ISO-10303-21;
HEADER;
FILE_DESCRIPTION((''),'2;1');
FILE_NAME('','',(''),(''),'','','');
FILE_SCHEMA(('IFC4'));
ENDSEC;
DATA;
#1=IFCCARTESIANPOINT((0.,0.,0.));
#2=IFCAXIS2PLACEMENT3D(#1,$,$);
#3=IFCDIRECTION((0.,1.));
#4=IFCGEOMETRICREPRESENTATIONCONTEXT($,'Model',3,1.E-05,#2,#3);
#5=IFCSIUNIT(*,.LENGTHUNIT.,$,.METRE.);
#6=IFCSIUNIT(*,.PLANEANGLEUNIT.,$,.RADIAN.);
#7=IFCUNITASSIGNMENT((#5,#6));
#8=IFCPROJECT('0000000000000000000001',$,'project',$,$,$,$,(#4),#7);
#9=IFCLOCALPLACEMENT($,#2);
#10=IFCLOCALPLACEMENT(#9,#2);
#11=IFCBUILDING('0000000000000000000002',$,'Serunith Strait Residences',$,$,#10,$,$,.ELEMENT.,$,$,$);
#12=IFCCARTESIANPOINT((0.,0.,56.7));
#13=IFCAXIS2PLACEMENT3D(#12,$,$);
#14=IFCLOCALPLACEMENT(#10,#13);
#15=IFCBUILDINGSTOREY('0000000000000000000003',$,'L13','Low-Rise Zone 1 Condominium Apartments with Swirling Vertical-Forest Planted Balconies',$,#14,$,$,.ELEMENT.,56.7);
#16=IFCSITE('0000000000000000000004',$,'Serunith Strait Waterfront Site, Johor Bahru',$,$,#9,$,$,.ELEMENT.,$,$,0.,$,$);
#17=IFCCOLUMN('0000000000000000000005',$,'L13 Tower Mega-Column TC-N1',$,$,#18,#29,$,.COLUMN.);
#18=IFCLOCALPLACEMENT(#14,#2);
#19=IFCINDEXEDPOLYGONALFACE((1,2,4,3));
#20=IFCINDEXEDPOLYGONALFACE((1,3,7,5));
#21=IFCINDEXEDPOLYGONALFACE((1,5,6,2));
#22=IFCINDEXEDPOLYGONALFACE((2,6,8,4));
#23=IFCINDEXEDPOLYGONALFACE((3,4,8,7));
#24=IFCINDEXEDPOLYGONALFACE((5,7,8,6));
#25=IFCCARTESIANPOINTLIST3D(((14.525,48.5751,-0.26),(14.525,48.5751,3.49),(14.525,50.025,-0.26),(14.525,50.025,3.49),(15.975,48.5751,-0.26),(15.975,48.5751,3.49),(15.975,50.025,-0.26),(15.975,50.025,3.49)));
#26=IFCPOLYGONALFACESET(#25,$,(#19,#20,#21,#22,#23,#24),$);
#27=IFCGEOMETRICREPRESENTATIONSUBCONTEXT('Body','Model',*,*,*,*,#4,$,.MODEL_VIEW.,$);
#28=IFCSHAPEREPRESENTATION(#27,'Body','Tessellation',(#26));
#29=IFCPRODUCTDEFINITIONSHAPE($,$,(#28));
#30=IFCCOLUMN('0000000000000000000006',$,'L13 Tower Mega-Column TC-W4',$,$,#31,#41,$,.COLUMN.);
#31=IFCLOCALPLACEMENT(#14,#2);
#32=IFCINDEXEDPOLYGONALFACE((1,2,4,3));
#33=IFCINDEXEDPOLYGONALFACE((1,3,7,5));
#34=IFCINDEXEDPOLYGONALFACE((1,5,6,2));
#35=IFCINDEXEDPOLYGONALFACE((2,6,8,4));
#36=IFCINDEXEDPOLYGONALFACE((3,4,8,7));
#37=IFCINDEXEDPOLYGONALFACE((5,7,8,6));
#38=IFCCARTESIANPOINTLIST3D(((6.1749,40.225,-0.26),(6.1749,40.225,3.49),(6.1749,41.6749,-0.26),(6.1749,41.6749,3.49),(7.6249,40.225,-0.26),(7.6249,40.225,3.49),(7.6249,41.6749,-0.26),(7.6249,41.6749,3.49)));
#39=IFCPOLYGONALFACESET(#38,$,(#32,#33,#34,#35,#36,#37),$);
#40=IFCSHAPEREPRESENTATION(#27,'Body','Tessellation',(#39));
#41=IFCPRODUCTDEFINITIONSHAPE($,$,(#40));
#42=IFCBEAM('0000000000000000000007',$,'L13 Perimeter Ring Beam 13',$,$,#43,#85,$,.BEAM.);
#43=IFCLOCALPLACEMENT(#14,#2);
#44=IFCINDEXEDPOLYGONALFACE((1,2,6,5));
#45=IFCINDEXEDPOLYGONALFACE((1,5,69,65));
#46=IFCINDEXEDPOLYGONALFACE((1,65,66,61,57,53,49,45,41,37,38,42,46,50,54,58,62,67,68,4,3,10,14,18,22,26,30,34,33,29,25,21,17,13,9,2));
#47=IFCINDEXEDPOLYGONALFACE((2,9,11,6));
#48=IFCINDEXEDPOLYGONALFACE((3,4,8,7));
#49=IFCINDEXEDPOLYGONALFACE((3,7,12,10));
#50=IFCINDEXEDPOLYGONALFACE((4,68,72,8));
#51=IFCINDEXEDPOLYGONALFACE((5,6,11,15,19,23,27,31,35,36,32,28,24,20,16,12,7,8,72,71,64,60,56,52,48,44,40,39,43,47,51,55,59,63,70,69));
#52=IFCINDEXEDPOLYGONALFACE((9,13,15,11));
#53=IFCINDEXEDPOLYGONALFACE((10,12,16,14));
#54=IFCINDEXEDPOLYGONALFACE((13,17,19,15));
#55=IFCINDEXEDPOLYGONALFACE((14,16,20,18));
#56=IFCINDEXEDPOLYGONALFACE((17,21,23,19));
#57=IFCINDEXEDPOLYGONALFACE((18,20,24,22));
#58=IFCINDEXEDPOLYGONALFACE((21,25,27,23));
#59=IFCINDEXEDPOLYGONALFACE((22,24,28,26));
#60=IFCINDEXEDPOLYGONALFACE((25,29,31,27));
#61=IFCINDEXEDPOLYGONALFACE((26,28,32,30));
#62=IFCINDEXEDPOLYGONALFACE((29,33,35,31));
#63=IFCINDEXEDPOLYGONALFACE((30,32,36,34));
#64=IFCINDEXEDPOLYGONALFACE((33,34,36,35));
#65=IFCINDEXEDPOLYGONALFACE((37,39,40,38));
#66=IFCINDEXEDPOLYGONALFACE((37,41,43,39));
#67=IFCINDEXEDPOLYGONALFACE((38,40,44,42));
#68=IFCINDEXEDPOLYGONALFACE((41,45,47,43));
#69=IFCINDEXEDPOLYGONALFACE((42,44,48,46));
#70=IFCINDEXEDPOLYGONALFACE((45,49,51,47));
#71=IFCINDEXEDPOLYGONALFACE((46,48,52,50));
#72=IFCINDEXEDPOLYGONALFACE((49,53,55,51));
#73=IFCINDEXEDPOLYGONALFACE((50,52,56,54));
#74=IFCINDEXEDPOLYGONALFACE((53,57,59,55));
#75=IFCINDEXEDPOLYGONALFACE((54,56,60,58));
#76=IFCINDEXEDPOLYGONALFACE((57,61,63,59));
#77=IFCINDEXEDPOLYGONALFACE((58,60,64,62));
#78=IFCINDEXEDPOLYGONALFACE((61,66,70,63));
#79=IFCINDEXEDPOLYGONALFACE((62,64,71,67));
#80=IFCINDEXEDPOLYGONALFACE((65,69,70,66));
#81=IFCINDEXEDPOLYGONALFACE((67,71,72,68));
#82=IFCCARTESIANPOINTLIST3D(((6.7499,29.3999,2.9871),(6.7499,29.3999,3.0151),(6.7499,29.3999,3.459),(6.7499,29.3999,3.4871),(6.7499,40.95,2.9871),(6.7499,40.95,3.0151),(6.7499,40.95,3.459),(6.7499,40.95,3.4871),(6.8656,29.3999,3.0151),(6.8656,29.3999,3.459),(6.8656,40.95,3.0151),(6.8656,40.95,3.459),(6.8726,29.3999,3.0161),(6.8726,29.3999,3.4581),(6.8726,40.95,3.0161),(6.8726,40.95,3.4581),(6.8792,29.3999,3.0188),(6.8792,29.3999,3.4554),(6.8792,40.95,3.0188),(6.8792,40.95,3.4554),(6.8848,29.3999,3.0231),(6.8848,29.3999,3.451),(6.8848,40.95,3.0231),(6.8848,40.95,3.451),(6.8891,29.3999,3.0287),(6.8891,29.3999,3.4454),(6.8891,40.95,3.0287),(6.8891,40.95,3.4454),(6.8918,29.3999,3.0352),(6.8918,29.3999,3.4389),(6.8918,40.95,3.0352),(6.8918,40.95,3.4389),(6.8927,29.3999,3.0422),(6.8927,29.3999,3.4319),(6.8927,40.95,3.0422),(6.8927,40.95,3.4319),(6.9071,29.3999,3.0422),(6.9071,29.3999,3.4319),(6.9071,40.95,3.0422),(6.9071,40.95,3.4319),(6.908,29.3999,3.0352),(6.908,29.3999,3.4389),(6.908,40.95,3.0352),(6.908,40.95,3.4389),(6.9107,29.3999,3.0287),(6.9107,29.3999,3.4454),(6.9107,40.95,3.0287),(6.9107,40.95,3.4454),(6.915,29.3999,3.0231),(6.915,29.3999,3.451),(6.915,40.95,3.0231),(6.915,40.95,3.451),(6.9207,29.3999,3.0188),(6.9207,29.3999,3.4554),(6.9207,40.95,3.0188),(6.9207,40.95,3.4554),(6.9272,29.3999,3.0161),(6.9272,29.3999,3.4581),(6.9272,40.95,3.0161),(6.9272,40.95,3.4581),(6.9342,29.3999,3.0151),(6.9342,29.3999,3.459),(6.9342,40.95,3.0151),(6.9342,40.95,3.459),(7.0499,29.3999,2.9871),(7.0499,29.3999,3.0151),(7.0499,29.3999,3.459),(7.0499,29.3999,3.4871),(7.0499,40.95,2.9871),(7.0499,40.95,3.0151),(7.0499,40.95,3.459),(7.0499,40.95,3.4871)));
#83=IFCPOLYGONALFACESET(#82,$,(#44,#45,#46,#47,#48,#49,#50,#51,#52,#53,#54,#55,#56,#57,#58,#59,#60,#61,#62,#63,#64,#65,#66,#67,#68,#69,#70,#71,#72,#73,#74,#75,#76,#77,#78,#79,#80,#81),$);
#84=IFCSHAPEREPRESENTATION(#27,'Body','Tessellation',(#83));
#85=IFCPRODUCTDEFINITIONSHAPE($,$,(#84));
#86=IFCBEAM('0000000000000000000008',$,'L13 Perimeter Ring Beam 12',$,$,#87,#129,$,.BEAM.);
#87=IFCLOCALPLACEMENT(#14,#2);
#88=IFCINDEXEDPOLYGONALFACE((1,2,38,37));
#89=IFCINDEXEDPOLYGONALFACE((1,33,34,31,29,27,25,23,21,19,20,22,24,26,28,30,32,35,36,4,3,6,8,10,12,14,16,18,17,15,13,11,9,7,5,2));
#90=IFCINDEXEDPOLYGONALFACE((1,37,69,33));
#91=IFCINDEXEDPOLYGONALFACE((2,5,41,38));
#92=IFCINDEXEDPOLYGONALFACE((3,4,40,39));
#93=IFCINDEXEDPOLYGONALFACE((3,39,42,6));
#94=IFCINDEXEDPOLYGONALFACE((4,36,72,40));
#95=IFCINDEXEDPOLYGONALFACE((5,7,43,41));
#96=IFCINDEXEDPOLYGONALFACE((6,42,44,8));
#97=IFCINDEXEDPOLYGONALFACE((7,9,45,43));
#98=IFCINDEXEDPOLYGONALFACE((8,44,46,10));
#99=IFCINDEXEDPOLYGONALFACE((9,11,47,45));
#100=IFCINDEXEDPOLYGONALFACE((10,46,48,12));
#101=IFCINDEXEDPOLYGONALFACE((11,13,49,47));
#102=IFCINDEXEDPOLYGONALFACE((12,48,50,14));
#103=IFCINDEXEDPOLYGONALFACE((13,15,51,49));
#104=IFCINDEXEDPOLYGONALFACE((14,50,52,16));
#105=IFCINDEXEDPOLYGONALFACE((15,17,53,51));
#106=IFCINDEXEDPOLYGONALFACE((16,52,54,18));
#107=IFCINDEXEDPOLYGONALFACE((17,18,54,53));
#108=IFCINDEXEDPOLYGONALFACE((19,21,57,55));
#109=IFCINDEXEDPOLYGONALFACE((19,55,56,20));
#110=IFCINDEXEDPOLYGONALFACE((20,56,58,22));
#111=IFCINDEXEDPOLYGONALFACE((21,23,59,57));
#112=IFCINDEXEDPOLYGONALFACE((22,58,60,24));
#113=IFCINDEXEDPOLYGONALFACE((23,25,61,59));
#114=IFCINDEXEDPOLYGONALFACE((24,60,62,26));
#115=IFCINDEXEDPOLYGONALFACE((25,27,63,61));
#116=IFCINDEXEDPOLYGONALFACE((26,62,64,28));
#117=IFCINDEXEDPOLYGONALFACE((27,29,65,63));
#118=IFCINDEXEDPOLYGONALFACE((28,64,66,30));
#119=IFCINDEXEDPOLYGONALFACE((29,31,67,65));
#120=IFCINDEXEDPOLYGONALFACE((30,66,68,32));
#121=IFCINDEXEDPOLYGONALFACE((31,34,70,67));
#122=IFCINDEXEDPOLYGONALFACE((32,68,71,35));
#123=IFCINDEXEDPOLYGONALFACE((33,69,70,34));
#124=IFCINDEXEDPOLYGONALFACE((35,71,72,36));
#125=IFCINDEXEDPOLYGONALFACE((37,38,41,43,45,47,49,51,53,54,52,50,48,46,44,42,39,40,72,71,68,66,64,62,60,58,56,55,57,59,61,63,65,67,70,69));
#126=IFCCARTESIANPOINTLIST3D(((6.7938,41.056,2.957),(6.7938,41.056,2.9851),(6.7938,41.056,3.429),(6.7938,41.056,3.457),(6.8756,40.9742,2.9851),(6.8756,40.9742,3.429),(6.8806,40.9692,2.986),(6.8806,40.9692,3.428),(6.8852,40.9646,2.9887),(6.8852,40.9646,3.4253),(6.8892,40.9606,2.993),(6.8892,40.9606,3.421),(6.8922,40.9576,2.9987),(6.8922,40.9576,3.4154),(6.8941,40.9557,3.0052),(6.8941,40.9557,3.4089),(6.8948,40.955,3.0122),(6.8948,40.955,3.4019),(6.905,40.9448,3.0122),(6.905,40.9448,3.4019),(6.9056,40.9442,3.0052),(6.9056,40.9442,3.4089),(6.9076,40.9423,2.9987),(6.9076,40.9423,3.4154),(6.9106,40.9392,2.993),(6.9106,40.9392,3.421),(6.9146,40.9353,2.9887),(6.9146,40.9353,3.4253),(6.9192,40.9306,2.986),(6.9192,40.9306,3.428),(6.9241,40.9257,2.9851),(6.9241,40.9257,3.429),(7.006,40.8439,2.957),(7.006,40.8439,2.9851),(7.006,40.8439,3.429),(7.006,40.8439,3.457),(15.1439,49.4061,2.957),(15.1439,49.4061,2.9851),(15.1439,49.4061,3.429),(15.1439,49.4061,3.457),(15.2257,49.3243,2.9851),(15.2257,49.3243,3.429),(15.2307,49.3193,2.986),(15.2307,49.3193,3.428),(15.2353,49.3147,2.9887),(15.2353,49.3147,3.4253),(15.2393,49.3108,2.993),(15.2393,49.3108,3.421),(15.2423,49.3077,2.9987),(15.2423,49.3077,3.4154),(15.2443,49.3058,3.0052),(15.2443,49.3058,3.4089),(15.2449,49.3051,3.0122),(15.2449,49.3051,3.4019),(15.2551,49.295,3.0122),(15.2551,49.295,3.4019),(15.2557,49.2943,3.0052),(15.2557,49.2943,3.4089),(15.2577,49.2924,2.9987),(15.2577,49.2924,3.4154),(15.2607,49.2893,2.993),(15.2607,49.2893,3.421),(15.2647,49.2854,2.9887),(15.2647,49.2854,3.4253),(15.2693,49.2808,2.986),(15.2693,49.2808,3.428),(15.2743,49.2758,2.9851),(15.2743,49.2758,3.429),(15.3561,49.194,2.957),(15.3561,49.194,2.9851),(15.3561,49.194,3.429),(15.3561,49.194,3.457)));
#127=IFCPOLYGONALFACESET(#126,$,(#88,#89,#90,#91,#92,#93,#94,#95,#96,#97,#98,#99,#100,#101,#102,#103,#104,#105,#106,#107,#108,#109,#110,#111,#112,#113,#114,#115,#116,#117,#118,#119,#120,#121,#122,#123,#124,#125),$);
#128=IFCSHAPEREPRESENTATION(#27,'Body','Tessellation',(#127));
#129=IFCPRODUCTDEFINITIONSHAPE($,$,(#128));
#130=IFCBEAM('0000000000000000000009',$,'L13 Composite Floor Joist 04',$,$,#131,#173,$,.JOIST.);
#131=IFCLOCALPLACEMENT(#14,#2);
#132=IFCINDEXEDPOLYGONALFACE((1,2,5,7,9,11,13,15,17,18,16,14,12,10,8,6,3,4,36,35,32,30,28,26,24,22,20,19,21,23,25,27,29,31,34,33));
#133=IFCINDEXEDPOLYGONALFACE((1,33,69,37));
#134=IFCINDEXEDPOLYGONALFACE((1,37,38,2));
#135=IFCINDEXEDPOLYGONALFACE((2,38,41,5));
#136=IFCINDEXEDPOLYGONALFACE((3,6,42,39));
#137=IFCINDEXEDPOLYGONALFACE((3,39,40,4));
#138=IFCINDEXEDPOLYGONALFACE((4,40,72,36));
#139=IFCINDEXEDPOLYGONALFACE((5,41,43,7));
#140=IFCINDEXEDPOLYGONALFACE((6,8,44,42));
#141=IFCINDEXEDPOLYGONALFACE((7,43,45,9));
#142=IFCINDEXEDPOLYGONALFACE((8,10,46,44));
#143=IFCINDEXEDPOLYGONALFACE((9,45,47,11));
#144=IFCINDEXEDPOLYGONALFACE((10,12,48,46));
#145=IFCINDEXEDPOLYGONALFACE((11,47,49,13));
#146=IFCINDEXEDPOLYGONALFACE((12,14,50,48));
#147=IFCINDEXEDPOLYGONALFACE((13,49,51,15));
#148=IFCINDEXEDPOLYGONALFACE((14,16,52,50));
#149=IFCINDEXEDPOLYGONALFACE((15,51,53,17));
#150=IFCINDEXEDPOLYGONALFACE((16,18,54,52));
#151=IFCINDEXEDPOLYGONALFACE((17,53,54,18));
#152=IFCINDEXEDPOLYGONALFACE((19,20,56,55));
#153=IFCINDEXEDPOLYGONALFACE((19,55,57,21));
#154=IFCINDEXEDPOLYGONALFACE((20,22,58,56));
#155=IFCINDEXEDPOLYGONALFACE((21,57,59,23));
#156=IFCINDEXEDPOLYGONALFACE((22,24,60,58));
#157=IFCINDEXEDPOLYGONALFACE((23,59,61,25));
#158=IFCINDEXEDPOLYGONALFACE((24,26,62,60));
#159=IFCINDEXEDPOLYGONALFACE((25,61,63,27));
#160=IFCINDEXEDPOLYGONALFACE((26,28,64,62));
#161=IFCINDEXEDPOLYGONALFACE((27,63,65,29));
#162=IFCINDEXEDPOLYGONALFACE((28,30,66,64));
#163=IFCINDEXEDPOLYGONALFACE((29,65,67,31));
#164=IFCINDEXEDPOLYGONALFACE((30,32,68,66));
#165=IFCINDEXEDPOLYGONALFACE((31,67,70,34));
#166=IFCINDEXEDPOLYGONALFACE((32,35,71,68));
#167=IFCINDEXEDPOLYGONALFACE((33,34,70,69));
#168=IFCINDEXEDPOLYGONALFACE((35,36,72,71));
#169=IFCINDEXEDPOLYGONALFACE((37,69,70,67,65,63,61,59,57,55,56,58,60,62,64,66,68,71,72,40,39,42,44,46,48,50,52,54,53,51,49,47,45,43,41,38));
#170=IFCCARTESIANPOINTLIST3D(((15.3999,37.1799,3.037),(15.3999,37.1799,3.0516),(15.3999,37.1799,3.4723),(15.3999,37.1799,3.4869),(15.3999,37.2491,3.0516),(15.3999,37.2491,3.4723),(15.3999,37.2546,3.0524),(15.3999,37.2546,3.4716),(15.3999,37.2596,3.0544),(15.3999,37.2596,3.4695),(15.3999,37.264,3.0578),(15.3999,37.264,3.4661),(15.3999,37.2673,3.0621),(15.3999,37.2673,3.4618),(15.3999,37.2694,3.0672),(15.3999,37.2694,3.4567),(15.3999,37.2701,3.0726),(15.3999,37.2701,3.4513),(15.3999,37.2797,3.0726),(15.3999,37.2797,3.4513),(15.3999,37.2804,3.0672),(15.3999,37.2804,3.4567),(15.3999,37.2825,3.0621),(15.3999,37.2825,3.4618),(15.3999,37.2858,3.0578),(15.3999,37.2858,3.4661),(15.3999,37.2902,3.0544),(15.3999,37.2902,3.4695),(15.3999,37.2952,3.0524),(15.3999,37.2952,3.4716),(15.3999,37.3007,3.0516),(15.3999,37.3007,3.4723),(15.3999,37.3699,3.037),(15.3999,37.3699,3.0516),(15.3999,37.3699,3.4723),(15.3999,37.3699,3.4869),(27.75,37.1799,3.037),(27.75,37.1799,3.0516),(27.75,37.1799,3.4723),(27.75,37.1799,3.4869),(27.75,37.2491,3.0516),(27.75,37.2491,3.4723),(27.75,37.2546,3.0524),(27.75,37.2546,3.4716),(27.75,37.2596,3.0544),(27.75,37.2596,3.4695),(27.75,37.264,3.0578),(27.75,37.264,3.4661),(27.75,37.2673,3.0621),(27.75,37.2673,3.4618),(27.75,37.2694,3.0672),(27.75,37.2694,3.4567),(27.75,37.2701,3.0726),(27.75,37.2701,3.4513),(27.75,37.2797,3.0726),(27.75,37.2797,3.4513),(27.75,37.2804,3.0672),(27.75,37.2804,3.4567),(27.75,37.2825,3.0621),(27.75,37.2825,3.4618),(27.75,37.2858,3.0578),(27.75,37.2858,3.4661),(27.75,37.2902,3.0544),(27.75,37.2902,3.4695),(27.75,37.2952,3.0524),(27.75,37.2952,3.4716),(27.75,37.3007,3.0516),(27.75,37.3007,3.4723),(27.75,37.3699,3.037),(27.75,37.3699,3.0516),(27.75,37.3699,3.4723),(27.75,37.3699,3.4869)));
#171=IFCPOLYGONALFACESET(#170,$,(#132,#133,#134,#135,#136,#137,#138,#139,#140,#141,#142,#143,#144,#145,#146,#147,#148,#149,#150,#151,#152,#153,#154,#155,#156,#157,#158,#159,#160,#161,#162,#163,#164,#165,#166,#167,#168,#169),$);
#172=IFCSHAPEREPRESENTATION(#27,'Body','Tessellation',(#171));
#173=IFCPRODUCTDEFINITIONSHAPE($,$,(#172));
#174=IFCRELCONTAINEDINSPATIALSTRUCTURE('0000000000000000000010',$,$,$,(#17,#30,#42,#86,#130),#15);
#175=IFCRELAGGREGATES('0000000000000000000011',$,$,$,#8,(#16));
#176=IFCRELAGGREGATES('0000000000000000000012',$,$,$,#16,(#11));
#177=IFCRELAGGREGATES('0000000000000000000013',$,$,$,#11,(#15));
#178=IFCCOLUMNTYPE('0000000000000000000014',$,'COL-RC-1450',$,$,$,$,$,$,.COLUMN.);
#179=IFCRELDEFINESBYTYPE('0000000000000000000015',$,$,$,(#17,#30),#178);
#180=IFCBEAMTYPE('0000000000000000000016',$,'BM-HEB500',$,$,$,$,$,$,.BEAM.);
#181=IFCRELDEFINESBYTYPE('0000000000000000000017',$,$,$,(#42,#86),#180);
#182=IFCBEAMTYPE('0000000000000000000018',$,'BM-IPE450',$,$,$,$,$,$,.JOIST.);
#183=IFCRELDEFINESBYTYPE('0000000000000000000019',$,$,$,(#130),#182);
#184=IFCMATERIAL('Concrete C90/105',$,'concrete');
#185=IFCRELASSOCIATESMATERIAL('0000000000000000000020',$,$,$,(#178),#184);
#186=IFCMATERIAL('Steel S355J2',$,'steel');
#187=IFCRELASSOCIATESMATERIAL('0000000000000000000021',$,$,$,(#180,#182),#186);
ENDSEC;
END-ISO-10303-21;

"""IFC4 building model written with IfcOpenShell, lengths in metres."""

from ifc_helpers import new_model, si_unit, direction, frame, origin, origin_2d, place, context, subcontext, project, spatial, rectangle, i_section, extrude, source, transform, mapped, material, material_profile, profile_set, type_object, element, save


model = new_model("IFC4")

# Units and contexts
model_context = context("Model", 3, precision=1e-05, world=origin(), true_north=direction((0.0, 1.0)))
body_context = subcontext(model_context, "Body", "Model", "MODEL_VIEW")
ifc_project = project(units=[si_unit("LENGTHUNIT", "METRE"), si_unit("PLANEANGLEUNIT", "RADIAN")], contexts=[model_context])

# Site, building, storey
site_placement = place(None, origin())
site = spatial("IfcSite", under=ifc_project, at=site_placement, Name="Serunith Strait Waterfront Site, Johor Bahru", CompositionType="ELEMENT", RefElevation=0.0)
building_placement = place(site_placement, origin())
building = spatial("IfcBuilding", under=site, at=building_placement, Name="Serunith Strait Residences", CompositionType="ELEMENT")
storey_placement = place(building_placement, frame((0.0, 0.0, 56.7)))
storey = spatial("IfcBuildingStorey", under=building, at=storey_placement, Name="L13", Description="Low-Rise Zone 1 Condominium Apartments with Swirling Vertical-Forest Planted Balconies", CompositionType="ELEMENT", Elevation=56.7)

# Columns
ifc_material_1 = material(Name="Concrete C90/105", Category="concrete")
ifc_material_profile_1 = material_profile(ifc_material_1, rectangle(XDim=1.45, YDim=1.45, at=origin_2d()), Name="RC 1450x1450")
ifc_profile_set_1 = profile_set([ifc_material_profile_1], Name="Concrete C90/105")
column_type = type_object("IfcColumnType", Name="COL-RC-1450", PredefinedType="COLUMN", material=ifc_profile_set_1)
shared_shape_1 = source(origin(), body_context, "Body", "SweptSolid", [
    extrude(rectangle(XDim=1.45, YDim=1.45, at=origin_2d()), origin(), (0.0, 0.0, 1.0), 3.75),
])
for number, where, z_axis, x_axis, name in (
    (1, (15.25, 49.3, -0.26), (0.0, 0.0, 1.0), (1.0, 0.0, 0.0), "L13 Tower Mega-Column TC-N1"),
    (2, (6.8999, 40.95, -0.26), (0.0, 0.0, 1.0), (1.0, 0.0, 0.0), "L13 Tower Mega-Column TC-W4"),
):
    element("IfcColumn", number, at=place(storey_placement, frame(where, z_axis=z_axis, x_axis=x_axis)), inside=storey, type_object=column_type, Name=name, PredefinedType="COLUMN", context=body_context, shape_type="MappedRepresentation", body=[
        mapped(shared_shape_1, transform((0.0, 0.0, 0.0), scale=1.0)),
    ])

# Beams
ifc_material_2 = material(Name="Steel S355J2", Category="steel")
ifc_material_profile_2 = material_profile(ifc_material_2, i_section(OverallWidth=0.3, OverallDepth=0.5, WebThickness=0.0144, FlangeThickness=0.0281, FilletRadius=0.0271, at=origin_2d()), Name="HEB 500")
ifc_profile_set_2 = profile_set([ifc_material_profile_2], Name="Steel S355J2")
beam_type_1 = type_object("IfcBeamType", Name="BM-HEB500", PredefinedType="BEAM", material=ifc_profile_set_2)
shared_shape_2 = source(origin(), body_context, "Body", "SweptSolid", [
    extrude(i_section(OverallWidth=0.3, OverallDepth=0.5, WebThickness=0.0144, FlangeThickness=0.0281, FilletRadius=0.0271, at=origin_2d()), origin(), (0.0, 0.0, 1.0), 11.55),
])
beam_1_placement = place(storey_placement, frame((6.8999, 40.95, 3.2371), z_axis=(0.0, -1.0, 0.0), x_axis=(1.0, 0.0, 0.0)))
element("IfcBeam", 3, at=beam_1_placement, inside=storey, type_object=beam_type_1, Name="L13 Perimeter Ring Beam 13", PredefinedType="BEAM", context=body_context, shape_type="MappedRepresentation", body=[
    mapped(shared_shape_2, transform((0.0, 0.0, 0.0), scale=1.0)),
])
shared_shape_3 = source(origin(), body_context, "Body", "SweptSolid", [
    extrude(i_section(OverallWidth=0.3, OverallDepth=0.5, WebThickness=0.0144, FlangeThickness=0.0281, FilletRadius=0.0271, at=origin_2d()), origin(), (0.0, 0.0, 1.0), 11.8088),
])
beam_2_placement = place(storey_placement, frame((15.25, 49.3, 3.207), z_axis=(-0.707107, -0.707107, 0.0), x_axis=(0.707107, -0.707107, 0.0)))
element("IfcBeam", 4, at=beam_2_placement, inside=storey, type_object=beam_type_1, Name="L13 Perimeter Ring Beam 12", PredefinedType="BEAM", context=body_context, shape_type="MappedRepresentation", body=[
    mapped(shared_shape_3, transform((0.0, 0.0, 0.0), scale=1.0)),
])
ifc_material_profile_3 = material_profile(ifc_material_2, i_section(OverallWidth=0.1899, OverallDepth=0.45, WebThickness=0.0095, FlangeThickness=0.0146, FilletRadius=0.021, at=origin_2d()), Name="IPE 450")
ifc_profile_set_3 = profile_set([ifc_material_profile_3], Name="Steel S355J2")
beam_type_2 = type_object("IfcBeamType", Name="BM-IPE450", PredefinedType="JOIST", material=ifc_profile_set_3)
shared_shape_4 = source(origin(), body_context, "Body", "SweptSolid", [
    extrude(i_section(OverallWidth=0.1899, OverallDepth=0.45, WebThickness=0.0095, FlangeThickness=0.0146, FilletRadius=0.021, at=origin_2d()), origin(), (0.0, 0.0, 1.0), 12.3501),
])
beam_3_placement = place(storey_placement, frame((15.3999, 37.2749, 3.262), z_axis=(1.0, 0.0, 0.0), x_axis=(0.0, 1.0, 0.0)))
element("IfcBeam", 5, at=beam_3_placement, inside=storey, type_object=beam_type_2, Name="L13 Composite Floor Joist 04", PredefinedType="JOIST", context=body_context, shape_type="MappedRepresentation", body=[
    mapped(shared_shape_4, transform((0.0, 0.0, 0.0), scale=1.0)),
])

save(model, "model.ifc")
